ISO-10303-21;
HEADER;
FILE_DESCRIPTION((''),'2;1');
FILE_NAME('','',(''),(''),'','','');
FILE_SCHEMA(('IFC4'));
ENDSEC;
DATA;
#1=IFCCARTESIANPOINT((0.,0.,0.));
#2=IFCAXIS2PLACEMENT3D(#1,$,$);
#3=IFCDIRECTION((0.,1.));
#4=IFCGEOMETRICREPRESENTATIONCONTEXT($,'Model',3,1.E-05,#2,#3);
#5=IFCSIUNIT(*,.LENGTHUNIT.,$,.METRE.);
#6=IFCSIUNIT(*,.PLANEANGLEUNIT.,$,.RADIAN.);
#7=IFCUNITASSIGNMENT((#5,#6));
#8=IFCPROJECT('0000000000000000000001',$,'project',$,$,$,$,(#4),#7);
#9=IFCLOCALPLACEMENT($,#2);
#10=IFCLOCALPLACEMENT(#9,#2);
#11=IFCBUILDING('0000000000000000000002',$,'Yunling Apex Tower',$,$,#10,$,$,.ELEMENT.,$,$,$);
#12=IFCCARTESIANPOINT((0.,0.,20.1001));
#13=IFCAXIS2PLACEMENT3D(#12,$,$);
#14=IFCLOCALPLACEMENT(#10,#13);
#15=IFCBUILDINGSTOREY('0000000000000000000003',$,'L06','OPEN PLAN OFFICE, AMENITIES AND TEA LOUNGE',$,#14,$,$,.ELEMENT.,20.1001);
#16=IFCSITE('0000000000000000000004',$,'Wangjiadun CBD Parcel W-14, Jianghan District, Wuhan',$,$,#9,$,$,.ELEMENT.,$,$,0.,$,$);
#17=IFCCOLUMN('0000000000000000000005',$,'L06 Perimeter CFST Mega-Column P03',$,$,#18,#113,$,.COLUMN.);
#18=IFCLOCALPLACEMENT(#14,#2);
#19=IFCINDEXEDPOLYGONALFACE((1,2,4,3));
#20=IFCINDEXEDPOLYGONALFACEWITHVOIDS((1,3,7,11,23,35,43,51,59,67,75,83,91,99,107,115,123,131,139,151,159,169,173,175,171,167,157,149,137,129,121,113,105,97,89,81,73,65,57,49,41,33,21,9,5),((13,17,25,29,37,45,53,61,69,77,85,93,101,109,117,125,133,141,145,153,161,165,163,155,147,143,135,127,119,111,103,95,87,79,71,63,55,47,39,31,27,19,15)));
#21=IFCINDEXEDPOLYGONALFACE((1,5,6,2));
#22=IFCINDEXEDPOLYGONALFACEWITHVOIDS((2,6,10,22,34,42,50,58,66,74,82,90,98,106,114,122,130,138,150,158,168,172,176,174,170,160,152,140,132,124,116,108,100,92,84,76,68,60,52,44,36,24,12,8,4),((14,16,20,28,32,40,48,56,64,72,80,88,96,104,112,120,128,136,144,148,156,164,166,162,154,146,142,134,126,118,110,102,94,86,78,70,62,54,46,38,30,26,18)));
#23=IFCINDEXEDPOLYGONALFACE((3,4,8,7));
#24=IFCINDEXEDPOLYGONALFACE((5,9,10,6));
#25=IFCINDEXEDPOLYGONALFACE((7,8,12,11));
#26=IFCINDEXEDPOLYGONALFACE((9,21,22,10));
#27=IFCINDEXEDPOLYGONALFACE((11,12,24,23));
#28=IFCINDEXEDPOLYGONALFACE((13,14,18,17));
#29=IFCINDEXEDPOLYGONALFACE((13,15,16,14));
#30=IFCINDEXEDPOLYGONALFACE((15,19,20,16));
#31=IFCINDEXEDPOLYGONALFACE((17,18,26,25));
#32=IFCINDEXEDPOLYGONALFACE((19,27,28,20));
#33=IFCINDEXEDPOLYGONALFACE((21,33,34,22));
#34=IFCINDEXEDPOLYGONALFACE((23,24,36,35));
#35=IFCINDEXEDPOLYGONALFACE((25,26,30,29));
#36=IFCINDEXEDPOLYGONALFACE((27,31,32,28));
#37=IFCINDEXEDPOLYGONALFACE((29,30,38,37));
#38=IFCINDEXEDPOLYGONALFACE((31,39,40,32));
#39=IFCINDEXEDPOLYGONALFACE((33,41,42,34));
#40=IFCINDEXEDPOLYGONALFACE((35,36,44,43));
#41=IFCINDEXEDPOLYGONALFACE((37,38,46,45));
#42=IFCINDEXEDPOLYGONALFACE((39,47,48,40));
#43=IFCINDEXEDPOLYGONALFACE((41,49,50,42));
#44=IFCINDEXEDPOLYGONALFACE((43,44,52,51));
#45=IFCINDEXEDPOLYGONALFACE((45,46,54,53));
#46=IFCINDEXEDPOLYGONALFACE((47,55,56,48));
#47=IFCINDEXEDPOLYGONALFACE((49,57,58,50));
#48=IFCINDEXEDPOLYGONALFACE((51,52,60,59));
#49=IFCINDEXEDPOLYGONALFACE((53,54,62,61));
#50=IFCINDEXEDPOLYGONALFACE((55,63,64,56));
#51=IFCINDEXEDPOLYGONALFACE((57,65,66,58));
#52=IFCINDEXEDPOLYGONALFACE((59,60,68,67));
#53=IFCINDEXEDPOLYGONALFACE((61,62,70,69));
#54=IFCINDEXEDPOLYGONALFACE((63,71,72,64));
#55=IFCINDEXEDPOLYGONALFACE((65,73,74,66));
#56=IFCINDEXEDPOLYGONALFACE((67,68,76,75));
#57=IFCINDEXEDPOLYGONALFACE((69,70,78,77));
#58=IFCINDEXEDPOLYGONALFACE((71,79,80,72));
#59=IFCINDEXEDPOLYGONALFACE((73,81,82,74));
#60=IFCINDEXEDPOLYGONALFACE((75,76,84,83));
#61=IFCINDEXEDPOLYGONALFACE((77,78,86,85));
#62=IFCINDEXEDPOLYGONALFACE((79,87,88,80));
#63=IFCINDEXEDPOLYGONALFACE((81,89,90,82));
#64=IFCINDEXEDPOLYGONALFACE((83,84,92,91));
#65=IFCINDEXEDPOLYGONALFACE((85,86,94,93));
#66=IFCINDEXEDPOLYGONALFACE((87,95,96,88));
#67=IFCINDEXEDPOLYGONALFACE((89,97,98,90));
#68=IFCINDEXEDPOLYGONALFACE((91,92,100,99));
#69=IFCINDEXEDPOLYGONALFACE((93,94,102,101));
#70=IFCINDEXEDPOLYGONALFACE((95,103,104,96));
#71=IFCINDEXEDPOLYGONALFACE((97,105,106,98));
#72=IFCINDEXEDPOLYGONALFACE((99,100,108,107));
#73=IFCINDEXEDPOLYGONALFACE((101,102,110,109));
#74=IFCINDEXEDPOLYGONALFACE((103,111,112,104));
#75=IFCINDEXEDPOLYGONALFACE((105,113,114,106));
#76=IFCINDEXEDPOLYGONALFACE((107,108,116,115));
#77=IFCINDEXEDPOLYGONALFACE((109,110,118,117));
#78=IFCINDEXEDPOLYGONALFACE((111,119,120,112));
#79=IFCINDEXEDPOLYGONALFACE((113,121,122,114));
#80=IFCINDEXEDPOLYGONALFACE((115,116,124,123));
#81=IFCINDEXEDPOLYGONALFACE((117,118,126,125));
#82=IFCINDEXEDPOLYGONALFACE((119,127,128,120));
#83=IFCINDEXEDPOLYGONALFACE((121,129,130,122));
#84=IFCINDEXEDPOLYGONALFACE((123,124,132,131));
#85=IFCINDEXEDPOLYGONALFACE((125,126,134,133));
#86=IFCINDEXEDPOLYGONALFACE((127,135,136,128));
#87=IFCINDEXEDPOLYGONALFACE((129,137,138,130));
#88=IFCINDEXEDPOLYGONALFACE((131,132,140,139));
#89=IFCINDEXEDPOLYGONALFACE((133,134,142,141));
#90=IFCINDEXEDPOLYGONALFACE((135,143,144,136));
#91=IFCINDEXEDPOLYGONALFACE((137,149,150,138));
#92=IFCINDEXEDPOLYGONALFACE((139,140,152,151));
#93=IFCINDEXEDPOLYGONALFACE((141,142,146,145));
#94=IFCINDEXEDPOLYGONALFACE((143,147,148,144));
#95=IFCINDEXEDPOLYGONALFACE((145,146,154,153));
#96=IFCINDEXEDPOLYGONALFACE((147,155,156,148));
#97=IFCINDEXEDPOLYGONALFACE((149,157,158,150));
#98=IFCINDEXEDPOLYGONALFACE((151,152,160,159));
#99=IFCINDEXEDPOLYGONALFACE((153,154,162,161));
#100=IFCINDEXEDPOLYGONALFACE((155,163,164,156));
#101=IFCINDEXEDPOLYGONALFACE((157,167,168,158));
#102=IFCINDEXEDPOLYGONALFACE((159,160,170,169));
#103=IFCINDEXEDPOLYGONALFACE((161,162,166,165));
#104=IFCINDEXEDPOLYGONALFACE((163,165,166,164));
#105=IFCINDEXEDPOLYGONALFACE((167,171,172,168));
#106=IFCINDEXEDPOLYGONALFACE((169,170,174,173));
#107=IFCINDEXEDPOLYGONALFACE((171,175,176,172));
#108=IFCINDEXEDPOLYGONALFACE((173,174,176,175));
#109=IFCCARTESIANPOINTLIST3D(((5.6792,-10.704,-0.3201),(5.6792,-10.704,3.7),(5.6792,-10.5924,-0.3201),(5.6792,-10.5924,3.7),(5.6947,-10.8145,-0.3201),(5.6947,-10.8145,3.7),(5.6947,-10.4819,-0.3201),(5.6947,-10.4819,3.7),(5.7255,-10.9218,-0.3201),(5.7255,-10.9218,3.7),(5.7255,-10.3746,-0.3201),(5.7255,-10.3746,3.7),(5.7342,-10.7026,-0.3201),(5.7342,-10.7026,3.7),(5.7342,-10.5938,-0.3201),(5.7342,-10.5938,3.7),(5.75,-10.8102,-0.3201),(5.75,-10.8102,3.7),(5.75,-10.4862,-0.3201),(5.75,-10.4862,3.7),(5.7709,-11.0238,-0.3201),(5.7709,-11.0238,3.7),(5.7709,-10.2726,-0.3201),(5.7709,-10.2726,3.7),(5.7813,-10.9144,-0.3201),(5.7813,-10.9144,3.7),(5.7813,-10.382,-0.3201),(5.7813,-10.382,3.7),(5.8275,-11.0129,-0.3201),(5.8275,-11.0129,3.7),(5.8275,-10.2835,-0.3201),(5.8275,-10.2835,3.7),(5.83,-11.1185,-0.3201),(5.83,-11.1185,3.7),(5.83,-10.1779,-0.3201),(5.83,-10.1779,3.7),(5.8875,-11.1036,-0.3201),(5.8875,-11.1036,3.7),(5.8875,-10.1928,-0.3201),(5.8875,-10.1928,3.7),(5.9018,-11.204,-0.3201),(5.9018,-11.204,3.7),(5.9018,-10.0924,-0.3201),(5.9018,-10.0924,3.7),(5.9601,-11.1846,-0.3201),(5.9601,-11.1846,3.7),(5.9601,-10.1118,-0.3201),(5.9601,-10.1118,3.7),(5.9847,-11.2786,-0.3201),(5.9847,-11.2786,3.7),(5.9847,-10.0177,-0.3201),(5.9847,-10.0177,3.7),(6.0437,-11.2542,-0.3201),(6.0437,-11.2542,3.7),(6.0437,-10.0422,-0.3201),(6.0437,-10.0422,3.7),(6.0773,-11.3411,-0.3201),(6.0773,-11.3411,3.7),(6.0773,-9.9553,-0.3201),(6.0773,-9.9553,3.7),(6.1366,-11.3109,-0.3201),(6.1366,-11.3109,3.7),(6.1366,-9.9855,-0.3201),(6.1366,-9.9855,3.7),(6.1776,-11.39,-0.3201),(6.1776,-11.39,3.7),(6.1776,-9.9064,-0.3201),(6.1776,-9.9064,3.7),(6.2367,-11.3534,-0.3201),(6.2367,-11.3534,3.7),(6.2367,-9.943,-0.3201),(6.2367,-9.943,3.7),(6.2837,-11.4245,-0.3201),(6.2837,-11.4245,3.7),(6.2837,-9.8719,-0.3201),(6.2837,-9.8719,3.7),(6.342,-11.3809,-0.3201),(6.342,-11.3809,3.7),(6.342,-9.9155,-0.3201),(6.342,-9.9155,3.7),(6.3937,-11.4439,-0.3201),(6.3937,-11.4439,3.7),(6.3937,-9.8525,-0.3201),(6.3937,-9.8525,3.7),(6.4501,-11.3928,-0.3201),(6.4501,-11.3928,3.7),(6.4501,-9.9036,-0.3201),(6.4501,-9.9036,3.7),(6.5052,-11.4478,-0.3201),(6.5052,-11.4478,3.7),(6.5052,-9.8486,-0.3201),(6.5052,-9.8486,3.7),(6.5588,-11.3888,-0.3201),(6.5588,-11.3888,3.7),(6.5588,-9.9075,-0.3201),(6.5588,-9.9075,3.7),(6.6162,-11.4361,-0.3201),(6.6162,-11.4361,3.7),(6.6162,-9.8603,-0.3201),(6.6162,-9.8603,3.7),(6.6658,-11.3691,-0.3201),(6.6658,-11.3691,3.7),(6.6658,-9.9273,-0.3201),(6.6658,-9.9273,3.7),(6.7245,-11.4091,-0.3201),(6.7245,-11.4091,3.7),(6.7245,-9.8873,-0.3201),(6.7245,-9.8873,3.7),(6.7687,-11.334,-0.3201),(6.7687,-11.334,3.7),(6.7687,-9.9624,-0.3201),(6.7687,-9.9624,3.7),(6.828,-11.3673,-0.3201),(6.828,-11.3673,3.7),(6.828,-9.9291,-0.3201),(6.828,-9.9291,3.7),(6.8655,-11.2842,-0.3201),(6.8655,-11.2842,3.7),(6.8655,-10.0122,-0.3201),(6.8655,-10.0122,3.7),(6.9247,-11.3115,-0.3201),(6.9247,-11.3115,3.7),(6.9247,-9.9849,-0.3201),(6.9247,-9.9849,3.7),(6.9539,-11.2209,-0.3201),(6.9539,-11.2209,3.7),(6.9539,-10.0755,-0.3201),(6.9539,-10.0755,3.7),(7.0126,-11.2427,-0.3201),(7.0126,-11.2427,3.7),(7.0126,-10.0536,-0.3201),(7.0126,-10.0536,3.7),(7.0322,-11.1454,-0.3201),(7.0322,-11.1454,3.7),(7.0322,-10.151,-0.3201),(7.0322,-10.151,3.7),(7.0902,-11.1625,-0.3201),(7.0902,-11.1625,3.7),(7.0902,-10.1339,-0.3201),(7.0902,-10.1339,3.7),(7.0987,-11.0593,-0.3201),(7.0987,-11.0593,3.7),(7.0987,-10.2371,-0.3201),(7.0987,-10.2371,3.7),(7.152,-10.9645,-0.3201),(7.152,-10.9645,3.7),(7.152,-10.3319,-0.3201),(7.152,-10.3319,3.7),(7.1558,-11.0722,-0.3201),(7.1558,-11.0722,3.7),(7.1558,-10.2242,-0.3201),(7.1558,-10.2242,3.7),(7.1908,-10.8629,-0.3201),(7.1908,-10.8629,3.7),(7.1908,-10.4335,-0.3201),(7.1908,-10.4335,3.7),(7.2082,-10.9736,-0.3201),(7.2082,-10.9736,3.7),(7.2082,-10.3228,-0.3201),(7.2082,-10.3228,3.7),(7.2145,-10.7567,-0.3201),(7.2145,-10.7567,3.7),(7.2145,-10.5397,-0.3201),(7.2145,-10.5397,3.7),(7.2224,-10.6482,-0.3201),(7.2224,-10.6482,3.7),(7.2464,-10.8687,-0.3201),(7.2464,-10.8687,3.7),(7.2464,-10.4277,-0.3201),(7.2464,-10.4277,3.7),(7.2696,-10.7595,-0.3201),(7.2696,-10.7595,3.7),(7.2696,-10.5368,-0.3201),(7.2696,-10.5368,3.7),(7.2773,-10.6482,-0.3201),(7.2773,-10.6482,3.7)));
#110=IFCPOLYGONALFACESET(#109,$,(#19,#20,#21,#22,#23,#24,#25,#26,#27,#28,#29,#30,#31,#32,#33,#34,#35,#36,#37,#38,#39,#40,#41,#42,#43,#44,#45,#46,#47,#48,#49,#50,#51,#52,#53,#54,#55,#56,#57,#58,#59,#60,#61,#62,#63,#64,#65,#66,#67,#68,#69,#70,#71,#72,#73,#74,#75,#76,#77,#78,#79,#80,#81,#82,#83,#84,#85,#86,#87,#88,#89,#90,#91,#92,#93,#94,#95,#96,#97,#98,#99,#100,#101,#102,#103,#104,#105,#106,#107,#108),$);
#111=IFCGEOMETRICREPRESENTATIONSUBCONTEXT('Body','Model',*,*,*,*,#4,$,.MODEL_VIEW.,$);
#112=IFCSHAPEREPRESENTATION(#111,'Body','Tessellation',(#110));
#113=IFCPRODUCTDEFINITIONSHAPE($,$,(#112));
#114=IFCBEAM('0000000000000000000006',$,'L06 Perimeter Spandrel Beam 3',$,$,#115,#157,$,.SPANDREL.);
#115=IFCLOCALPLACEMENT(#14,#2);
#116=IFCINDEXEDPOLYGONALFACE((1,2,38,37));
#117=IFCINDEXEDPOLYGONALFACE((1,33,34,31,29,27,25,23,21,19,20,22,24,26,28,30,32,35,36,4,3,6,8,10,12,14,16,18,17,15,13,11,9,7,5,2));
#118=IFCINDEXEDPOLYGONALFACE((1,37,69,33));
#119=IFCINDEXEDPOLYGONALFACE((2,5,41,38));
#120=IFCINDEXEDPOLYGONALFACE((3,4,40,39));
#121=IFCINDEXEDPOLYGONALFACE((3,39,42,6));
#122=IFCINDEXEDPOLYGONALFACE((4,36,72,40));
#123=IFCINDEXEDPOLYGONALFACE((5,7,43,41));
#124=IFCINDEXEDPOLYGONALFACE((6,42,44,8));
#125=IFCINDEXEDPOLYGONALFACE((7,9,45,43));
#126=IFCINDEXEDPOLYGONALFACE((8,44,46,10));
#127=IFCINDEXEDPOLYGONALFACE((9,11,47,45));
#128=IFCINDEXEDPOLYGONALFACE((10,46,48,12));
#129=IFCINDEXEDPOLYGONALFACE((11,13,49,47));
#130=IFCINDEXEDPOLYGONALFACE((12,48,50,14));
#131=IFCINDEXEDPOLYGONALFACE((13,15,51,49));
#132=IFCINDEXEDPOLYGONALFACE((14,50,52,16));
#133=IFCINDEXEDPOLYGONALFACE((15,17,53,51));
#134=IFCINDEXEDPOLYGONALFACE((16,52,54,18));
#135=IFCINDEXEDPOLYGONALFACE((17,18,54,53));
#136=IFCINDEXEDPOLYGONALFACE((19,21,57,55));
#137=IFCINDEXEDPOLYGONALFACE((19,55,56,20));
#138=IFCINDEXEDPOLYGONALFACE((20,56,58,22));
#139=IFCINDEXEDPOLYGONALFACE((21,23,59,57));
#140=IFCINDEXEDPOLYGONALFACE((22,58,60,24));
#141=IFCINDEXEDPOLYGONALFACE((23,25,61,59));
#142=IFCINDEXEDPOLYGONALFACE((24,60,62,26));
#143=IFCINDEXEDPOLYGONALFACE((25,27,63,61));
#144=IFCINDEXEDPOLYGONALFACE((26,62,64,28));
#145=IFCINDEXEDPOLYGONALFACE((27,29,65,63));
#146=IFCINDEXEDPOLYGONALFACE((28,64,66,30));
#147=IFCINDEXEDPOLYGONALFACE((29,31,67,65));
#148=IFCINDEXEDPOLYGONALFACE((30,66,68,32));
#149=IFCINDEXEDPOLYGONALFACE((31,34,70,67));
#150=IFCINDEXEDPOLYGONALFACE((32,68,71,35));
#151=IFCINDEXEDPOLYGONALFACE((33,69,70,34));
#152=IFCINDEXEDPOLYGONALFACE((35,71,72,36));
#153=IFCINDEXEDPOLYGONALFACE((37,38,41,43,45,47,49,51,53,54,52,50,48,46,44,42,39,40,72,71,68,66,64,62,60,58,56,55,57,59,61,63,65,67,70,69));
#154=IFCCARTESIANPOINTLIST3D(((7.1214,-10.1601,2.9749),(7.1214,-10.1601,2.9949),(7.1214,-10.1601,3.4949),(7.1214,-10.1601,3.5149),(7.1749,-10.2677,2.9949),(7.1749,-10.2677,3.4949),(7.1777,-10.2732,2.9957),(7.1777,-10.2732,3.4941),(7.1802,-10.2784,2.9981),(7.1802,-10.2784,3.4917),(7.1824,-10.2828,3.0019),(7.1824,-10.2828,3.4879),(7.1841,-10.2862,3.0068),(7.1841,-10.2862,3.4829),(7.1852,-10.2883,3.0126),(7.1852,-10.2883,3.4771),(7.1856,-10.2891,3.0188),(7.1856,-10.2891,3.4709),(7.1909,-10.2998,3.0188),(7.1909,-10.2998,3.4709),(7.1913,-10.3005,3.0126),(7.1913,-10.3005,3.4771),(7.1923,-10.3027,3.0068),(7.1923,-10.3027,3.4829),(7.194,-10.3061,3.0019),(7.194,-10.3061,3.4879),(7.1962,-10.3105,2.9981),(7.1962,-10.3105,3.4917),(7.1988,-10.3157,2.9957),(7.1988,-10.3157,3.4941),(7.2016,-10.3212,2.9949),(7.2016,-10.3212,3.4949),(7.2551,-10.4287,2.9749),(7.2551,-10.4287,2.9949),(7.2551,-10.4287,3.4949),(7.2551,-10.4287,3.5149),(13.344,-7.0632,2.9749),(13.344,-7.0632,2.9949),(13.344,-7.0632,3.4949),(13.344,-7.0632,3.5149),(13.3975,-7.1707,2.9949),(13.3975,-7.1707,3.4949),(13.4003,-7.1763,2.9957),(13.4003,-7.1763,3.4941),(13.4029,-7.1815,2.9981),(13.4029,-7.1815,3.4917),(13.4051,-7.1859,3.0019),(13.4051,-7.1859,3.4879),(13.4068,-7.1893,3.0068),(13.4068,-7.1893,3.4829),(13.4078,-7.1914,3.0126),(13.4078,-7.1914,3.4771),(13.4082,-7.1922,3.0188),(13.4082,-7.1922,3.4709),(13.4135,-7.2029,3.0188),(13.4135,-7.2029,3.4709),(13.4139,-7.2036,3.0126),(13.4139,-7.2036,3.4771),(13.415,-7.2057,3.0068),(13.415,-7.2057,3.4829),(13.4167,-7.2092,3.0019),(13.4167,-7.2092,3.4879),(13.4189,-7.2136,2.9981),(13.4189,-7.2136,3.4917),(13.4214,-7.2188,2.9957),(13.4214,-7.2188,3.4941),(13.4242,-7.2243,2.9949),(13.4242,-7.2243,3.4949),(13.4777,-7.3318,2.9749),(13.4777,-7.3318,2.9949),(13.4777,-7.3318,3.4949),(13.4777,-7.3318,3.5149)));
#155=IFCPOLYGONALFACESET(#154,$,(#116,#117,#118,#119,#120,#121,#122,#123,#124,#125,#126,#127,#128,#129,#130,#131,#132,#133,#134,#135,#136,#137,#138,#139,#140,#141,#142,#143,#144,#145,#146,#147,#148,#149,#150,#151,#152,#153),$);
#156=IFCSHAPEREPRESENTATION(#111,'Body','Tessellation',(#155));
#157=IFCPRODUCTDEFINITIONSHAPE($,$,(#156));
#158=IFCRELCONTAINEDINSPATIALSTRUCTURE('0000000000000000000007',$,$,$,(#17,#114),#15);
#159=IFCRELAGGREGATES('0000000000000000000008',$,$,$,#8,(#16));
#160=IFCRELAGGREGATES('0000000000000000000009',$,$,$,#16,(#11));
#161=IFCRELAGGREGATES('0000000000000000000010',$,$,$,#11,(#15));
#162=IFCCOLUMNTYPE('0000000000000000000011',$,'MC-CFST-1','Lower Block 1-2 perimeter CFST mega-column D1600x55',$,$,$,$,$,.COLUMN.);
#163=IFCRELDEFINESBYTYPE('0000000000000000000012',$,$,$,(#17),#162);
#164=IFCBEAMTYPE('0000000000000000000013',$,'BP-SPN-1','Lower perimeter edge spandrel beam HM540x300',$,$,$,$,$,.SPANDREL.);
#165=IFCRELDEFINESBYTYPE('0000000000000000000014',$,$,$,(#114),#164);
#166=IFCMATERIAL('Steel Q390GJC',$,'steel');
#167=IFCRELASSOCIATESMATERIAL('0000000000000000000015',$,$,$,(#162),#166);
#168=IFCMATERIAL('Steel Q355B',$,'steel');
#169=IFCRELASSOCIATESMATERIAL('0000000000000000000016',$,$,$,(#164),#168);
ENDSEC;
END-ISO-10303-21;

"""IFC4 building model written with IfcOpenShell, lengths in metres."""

from ifc_helpers import new_model, si_unit, direction, frame, origin, origin_2d, place, context, subcontext, project, spatial, hollow_circle, i_section, extrude, source, transform, mapped, material, material_profile, profile_set, type_object, element, save


model = new_model("IFC4")

# Units and contexts
model_context = context("Model", 3, precision=1e-05, world=origin(), true_north=direction((0.0, 1.0)))
body_context = subcontext(model_context, "Body", "Model", "MODEL_VIEW")
ifc_project = project(units=[si_unit("LENGTHUNIT", "METRE"), si_unit("PLANEANGLEUNIT", "RADIAN")], contexts=[model_context])

# Site, building, storey
site_placement = place(None, origin())
site = spatial("IfcSite", under=ifc_project, at=site_placement, Name="Wangjiadun CBD Parcel W-14, Jianghan District, Wuhan", CompositionType="ELEMENT", RefElevation=0.0)
building_placement = place(site_placement, origin())
building = spatial("IfcBuilding", under=site, at=building_placement, Name="Yunling Apex Tower", CompositionType="ELEMENT")
storey_placement = place(building_placement, frame((0.0, 0.0, 20.1001)))
storey = spatial("IfcBuildingStorey", under=building, at=storey_placement, Name="L06", Description="OPEN PLAN OFFICE, AMENITIES AND TEA LOUNGE", CompositionType="ELEMENT", Elevation=20.1001)

# Column
ifc_material_1 = material(Name="Steel Q390GJC", Category="steel")
ifc_material_profile_1 = material_profile(ifc_material_1, hollow_circle(Radius=0.8, WallThickness=0.0549, at=origin_2d()))
ifc_profile_set_1 = profile_set([ifc_material_profile_1], Name="Steel Q390GJC")
column_type = type_object("IfcColumnType", Name="MC-CFST-1", Description="Lower Block 1-2 perimeter CFST mega-column D1600x55", PredefinedType="COLUMN", material=ifc_profile_set_1)
shared_shape_1 = source(origin(), body_context, "Body", "SweptSolid", [
    extrude(hollow_circle(Radius=0.8, WallThickness=0.0549, at=origin_2d()), origin(), (0.0, 0.0, 1.0), 4.02),
])
column_placement = place(storey_placement, frame((6.4773, -10.6482, -0.3201), z_axis=(0.0, 0.0, 1.0), x_axis=(1.0, 0.0, 0.0)))
element("IfcColumn", 1, at=column_placement, inside=storey, type_object=column_type, Name="L06 Perimeter CFST Mega-Column P03", PredefinedType="COLUMN", context=body_context, shape_type="MappedRepresentation", body=[
    mapped(shared_shape_1, transform((0.0, 0.0, 0.0), scale=1.0)),
])

# Beam
ifc_material_2 = material(Name="Steel Q355B", Category="steel")
ifc_material_profile_2 = material_profile(ifc_material_2, i_section(OverallWidth=0.3, OverallDepth=0.54, WebThickness=0.012, FlangeThickness=0.02, FilletRadius=0.0239, at=origin_2d()))
ifc_profile_set_2 = profile_set([ifc_material_profile_2], Name="Steel Q355B")
beam_type_1 = type_object("IfcBeamType", Name="BP-SPN-1", Description="Lower perimeter edge spandrel beam HM540x300", PredefinedType="SPANDREL", material=ifc_profile_set_2)
shared_shape_2 = source(origin(), body_context, "Body", "SweptSolid", [
    extrude(i_section(OverallWidth=0.3, OverallDepth=0.54, WebThickness=0.012, FlangeThickness=0.02, FilletRadius=0.0239, at=origin_2d()), origin(), (0.0, 0.0, 1.0), 6.9507),
])
beam_1_placement = place(storey_placement, frame((7.1882, -10.2944, 3.2449), z_axis=(0.895255, 0.445555, 0.0), x_axis=(-0.445555, 0.895255, 0.0)))
element("IfcBeam", 2, at=beam_1_placement, inside=storey, type_object=beam_type_1, Name="L06 Perimeter Spandrel Beam 3", PredefinedType="SPANDREL", context=body_context, shape_type="MappedRepresentation", body=[
    mapped(shared_shape_2, transform((0.0, 0.0, 0.0), scale=1.0)),
])

save(model, "model.ifc")
